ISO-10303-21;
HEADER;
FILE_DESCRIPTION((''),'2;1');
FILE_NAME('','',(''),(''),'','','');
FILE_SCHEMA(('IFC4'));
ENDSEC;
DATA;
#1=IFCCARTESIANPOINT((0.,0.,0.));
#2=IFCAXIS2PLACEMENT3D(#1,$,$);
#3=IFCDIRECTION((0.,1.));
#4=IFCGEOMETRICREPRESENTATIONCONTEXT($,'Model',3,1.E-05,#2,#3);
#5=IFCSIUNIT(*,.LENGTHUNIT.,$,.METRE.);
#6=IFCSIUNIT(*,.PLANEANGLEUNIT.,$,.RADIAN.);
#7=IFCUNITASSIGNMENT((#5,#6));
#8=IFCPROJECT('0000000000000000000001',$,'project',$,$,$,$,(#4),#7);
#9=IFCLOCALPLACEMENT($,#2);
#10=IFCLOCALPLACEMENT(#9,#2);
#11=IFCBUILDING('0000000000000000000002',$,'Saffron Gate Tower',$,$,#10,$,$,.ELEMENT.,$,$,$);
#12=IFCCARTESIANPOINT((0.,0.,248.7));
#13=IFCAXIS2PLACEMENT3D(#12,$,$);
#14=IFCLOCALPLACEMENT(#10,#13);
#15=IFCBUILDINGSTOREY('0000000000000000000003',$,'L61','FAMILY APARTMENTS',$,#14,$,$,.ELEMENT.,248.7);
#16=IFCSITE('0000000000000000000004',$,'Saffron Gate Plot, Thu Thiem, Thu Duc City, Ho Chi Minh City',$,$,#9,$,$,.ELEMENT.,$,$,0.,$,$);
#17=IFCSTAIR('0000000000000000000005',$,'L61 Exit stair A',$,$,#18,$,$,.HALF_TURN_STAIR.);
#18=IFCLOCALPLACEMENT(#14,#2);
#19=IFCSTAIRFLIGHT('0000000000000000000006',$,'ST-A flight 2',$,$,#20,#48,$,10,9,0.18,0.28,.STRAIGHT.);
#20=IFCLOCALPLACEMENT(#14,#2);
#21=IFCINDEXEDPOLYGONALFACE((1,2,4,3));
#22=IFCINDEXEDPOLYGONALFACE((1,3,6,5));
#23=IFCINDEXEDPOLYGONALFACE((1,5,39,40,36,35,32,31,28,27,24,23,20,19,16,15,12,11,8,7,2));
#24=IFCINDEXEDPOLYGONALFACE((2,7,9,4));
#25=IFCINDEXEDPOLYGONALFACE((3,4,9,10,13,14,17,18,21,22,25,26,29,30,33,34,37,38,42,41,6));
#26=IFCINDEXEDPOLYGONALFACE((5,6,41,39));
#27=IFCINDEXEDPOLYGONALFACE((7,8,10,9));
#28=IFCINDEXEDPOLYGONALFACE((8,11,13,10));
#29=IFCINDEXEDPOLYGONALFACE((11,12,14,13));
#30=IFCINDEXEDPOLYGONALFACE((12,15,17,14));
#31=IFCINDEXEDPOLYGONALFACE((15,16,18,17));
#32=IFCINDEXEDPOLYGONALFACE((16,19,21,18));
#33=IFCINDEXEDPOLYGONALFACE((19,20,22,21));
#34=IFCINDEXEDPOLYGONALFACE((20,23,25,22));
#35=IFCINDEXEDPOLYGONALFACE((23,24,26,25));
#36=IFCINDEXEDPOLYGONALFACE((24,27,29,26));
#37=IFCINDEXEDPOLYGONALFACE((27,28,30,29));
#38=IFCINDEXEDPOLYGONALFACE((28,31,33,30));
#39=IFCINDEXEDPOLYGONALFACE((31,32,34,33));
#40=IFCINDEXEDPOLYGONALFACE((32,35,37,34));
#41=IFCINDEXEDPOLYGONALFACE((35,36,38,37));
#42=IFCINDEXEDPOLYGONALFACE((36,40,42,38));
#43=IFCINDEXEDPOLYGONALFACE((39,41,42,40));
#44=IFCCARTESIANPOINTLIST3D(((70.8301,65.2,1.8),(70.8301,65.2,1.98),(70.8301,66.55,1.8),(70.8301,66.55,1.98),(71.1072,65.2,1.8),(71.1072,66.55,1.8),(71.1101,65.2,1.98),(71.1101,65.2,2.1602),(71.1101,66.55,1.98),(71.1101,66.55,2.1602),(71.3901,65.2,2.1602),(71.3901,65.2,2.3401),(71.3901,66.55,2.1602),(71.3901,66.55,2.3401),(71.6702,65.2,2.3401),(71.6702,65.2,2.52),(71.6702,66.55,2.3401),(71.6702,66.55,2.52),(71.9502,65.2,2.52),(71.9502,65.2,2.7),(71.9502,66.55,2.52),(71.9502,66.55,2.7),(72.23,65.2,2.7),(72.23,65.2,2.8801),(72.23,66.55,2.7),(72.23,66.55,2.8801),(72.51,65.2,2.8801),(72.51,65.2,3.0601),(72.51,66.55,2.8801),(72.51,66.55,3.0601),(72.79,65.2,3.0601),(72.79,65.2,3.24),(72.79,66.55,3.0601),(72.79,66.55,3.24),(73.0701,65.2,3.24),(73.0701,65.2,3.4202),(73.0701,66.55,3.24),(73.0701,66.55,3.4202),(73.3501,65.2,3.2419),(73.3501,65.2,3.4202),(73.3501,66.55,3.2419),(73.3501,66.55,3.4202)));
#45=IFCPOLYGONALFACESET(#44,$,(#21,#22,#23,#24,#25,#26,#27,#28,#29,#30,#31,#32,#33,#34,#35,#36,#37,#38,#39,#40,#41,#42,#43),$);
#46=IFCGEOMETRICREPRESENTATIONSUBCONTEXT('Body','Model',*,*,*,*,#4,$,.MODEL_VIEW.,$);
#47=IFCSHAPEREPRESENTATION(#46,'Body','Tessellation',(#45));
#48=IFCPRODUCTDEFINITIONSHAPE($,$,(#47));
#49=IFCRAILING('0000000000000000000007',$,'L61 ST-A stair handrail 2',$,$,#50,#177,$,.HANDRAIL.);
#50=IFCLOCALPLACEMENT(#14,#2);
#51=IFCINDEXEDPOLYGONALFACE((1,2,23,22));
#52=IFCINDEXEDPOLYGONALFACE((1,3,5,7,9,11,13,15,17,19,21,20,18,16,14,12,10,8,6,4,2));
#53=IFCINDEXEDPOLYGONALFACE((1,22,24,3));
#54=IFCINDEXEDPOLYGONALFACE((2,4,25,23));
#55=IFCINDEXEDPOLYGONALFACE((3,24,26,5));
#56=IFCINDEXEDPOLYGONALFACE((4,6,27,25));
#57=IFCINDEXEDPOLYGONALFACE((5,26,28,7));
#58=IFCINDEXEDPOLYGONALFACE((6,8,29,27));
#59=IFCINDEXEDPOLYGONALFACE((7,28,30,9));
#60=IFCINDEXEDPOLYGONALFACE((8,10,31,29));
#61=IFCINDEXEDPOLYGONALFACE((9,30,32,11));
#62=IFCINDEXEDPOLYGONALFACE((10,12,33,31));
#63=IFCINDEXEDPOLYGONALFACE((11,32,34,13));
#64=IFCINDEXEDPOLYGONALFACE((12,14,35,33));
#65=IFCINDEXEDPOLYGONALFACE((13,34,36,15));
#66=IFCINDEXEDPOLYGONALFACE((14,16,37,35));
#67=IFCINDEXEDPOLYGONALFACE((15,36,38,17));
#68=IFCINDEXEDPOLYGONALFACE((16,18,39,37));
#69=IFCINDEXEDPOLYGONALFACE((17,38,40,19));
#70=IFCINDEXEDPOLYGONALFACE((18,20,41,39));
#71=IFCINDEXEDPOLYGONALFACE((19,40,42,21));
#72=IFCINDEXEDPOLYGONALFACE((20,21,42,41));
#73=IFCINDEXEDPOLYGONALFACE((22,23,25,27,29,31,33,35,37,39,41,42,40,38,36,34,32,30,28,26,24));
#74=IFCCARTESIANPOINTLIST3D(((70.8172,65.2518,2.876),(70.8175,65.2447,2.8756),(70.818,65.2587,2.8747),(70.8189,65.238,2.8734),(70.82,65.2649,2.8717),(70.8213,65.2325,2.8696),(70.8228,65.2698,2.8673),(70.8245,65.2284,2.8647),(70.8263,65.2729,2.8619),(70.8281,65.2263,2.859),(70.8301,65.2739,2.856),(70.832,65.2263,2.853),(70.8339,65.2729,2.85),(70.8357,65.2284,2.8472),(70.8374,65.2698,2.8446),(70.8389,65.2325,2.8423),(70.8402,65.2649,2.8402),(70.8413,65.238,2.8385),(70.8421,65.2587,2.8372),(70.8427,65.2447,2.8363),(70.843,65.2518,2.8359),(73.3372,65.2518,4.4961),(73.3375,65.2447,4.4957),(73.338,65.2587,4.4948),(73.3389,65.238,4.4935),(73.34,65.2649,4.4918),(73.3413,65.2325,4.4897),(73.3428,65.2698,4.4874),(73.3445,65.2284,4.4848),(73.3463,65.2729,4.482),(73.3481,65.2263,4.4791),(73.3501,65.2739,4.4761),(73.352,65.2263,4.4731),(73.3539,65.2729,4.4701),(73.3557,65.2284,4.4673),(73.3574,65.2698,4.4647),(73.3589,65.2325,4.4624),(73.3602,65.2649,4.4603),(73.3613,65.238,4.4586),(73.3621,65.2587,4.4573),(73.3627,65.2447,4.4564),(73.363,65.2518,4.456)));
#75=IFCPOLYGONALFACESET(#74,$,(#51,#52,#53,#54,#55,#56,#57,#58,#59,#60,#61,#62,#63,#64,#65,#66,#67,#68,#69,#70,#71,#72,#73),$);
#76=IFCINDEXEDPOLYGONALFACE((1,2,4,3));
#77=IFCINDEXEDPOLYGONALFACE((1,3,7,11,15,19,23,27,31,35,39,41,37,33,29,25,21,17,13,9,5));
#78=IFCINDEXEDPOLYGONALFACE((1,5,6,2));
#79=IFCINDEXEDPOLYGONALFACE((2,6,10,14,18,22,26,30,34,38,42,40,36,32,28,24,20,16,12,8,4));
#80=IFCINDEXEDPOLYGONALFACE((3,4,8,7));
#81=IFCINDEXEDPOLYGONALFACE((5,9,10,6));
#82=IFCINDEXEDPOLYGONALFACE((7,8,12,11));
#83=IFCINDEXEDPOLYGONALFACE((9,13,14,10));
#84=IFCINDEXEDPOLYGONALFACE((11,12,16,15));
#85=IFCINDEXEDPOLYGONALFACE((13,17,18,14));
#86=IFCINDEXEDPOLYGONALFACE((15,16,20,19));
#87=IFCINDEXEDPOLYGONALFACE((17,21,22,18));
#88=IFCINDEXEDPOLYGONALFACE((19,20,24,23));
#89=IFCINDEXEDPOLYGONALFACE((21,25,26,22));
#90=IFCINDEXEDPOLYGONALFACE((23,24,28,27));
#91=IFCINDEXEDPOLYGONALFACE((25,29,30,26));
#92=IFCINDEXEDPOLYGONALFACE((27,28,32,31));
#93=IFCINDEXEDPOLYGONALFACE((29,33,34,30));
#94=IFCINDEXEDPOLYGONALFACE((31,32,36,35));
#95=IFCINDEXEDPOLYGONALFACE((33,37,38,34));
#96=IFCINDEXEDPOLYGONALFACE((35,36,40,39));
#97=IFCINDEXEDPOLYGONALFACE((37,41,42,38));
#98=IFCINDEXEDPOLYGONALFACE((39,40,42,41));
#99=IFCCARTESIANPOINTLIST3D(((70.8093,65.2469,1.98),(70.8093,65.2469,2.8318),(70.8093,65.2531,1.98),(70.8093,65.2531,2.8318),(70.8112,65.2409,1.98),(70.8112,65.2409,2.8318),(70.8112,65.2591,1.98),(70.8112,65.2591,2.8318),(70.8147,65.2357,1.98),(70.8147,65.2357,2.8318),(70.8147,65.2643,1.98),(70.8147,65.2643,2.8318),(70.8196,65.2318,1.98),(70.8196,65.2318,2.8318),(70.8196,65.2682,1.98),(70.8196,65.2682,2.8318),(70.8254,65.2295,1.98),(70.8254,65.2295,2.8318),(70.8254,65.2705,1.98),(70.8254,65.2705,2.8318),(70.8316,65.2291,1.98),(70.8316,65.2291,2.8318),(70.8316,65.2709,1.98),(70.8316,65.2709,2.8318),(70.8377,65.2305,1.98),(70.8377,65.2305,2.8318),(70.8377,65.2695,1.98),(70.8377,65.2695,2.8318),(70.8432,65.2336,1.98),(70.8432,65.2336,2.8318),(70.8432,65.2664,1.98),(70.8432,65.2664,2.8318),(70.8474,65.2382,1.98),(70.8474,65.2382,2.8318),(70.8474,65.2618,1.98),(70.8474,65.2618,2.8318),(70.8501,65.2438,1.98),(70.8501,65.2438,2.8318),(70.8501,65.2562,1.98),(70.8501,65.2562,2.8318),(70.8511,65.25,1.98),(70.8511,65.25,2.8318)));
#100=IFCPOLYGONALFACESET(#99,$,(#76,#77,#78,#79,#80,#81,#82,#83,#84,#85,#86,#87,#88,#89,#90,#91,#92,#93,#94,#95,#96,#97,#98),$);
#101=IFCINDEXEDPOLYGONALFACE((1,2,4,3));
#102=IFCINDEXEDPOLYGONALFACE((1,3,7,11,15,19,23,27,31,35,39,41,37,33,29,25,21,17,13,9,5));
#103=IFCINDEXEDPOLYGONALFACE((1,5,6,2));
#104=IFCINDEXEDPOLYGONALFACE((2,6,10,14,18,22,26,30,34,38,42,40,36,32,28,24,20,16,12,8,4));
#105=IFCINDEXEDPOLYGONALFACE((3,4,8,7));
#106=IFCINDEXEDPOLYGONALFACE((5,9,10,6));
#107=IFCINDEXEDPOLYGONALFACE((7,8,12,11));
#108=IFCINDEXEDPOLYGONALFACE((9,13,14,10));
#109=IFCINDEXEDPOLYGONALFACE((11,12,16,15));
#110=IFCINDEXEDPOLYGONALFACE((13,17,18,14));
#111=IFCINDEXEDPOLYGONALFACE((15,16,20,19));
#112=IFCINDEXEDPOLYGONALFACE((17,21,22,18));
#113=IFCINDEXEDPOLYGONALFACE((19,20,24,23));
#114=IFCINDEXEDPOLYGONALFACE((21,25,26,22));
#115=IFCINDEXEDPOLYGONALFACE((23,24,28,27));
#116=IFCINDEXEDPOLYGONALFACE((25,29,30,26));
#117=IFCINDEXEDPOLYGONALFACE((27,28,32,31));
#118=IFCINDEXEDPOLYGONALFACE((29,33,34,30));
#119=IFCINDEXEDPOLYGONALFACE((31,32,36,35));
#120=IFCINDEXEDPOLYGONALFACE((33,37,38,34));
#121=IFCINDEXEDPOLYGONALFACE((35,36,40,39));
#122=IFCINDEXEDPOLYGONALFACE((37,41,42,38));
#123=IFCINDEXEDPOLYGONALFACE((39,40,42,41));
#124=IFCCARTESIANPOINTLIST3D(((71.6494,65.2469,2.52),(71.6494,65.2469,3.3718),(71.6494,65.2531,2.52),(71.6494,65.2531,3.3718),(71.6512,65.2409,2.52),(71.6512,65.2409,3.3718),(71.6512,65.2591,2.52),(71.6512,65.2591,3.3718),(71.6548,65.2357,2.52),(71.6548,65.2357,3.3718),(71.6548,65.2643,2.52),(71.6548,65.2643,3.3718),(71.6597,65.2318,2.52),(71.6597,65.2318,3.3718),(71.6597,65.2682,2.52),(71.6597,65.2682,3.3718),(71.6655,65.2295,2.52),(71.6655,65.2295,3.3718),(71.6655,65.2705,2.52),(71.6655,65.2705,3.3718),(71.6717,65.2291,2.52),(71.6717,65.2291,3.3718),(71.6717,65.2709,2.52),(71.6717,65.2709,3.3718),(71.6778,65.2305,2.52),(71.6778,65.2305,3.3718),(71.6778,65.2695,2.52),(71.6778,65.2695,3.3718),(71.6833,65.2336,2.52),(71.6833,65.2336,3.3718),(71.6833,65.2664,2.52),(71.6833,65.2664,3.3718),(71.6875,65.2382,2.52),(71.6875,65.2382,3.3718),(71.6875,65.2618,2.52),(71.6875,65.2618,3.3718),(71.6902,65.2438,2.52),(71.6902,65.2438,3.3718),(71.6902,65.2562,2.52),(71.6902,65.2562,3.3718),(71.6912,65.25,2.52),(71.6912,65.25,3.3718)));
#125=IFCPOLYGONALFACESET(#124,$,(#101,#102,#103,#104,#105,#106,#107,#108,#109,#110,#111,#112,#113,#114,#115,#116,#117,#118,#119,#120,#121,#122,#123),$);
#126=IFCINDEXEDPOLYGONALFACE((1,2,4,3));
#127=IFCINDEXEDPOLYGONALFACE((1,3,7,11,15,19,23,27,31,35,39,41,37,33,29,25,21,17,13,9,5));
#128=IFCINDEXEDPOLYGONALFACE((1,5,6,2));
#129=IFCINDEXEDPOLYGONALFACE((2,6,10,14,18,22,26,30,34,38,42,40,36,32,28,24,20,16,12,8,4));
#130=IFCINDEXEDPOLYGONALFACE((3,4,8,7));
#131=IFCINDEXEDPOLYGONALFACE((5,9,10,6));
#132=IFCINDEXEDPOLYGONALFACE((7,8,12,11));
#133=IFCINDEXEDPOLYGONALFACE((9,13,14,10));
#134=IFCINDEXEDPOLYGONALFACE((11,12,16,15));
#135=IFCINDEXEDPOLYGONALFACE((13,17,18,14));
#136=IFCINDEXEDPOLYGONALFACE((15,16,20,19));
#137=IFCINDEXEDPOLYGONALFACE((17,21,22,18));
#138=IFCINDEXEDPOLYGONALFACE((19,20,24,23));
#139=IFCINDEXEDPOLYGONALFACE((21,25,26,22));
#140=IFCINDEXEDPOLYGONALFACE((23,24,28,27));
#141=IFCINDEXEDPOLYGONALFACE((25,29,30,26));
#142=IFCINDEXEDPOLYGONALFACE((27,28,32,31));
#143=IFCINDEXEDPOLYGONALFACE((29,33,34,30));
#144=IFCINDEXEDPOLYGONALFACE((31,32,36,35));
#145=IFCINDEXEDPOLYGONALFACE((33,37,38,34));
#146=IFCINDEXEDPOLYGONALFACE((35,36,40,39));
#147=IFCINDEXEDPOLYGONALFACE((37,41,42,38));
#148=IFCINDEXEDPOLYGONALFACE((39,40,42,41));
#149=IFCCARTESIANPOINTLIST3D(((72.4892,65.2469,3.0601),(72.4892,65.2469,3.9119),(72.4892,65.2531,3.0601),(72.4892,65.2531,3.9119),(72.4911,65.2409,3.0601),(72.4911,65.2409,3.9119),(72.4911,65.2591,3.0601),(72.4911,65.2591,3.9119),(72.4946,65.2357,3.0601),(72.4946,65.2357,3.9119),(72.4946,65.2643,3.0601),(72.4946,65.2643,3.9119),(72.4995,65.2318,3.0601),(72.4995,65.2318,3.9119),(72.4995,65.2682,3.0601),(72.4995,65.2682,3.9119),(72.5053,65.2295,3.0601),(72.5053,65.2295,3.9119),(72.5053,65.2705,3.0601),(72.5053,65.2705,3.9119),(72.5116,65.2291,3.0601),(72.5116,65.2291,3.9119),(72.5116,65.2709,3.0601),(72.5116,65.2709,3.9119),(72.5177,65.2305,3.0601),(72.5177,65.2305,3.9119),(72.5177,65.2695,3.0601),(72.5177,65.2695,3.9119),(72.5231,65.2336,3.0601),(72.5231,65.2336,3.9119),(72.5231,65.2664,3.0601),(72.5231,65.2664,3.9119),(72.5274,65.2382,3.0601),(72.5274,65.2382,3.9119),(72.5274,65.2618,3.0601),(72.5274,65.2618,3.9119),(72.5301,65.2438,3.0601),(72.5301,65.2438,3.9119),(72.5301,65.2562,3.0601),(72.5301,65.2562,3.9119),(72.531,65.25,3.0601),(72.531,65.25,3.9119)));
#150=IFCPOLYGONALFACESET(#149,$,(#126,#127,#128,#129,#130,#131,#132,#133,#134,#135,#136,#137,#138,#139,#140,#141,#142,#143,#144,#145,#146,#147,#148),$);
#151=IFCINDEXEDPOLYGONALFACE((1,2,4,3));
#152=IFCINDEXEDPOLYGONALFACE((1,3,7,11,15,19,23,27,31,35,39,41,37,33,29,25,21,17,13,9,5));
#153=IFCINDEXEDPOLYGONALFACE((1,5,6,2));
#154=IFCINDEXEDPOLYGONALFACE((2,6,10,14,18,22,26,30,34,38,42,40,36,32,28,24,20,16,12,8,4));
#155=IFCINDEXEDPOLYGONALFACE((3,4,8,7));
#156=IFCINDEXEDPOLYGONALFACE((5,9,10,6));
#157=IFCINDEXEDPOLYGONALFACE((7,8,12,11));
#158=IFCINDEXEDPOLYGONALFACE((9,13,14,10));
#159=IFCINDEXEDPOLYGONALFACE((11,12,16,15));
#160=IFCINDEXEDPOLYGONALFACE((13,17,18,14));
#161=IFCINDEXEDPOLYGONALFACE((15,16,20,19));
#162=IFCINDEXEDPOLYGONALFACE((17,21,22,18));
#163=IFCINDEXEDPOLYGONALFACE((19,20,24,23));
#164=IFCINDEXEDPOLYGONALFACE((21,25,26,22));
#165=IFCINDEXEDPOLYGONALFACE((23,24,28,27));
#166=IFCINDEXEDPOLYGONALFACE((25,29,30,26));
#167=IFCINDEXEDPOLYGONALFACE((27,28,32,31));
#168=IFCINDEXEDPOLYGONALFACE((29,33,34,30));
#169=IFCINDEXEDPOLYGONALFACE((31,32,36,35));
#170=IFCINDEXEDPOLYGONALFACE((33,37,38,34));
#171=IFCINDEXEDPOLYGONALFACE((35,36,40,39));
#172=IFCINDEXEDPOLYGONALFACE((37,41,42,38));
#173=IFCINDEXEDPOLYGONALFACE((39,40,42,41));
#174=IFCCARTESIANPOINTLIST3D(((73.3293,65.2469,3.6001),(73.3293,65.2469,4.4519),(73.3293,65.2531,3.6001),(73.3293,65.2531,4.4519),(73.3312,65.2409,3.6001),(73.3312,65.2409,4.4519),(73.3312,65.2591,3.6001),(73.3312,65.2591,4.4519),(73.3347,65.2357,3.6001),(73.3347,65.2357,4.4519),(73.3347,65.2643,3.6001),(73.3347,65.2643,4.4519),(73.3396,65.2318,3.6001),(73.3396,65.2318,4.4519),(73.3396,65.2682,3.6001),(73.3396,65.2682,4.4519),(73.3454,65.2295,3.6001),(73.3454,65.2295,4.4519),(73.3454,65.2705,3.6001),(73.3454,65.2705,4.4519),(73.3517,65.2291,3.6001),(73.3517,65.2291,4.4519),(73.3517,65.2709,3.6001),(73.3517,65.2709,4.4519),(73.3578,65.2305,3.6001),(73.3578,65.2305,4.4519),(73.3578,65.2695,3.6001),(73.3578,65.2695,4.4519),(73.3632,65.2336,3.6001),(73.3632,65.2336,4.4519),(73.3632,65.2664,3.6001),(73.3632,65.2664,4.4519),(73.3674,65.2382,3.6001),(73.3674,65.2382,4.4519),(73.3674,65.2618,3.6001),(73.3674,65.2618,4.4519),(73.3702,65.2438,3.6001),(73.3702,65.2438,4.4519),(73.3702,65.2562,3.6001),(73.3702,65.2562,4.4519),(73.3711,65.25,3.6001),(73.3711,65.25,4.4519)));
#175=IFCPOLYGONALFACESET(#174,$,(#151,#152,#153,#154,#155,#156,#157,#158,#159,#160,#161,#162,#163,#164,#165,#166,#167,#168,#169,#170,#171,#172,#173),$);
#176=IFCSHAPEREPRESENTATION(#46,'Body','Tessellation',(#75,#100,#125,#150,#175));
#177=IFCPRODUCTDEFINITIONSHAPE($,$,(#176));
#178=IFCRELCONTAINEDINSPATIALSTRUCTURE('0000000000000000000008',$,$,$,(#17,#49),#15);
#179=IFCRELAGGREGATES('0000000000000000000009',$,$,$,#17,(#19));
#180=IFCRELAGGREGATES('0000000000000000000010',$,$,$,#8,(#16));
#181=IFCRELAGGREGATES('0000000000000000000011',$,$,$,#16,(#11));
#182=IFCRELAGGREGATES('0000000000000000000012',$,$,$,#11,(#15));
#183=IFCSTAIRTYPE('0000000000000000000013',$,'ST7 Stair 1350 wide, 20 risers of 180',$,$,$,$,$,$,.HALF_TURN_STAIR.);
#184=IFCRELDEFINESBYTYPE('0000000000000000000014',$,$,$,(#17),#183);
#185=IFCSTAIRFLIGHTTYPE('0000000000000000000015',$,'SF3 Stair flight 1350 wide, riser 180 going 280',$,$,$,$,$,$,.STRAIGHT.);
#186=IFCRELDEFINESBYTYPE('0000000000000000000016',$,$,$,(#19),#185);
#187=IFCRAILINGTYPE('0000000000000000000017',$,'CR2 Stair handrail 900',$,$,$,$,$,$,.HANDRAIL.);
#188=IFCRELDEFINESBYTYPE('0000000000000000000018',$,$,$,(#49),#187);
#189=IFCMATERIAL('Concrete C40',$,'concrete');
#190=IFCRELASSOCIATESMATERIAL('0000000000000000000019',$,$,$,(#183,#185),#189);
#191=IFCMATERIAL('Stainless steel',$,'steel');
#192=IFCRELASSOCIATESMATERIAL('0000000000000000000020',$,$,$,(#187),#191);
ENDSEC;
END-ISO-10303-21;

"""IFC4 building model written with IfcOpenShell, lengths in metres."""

from ifc_helpers import new_model, si_unit, direction, frame, origin, origin_2d, place, context, subcontext, project, spatial, polyline, circle, outline, extrude, material, type_object, element, aggregate, save


model = new_model("IFC4")

# Units and contexts
model_context = context("Model", 3, precision=1e-05, world=origin(), true_north=direction((0.0, 1.0)))
body_context = subcontext(model_context, "Body", "Model", "MODEL_VIEW")
ifc_project = project(units=[si_unit("LENGTHUNIT", "METRE"), si_unit("PLANEANGLEUNIT", "RADIAN")], contexts=[model_context])

# Site, building, storey
site_placement = place(None, origin())
site = spatial("IfcSite", under=ifc_project, at=site_placement, Name="Saffron Gate Plot, Thu Thiem, Thu Duc City, Ho Chi Minh City", CompositionType="ELEMENT", RefElevation=0.0)
building_placement = place(site_placement, origin())
building = spatial("IfcBuilding", under=site, at=building_placement, Name="Saffron Gate Tower", CompositionType="ELEMENT")
storey_placement = place(building_placement, frame((0.0, 0.0, 248.7)))
storey = spatial("IfcBuildingStorey", under=building, at=storey_placement, Name="L61", Description="FAMILY APARTMENTS", CompositionType="ELEMENT", Elevation=248.7)

# Stair, stair flight
ifc_material_1 = material(Name="Concrete C40", Category="concrete")
stair_type = type_object("IfcStairType", Name="ST7 Stair 1350 wide, 20 risers of 180", PredefinedType="HALF_TURN_STAIR", material=ifc_material_1)
stair_placement = place(storey_placement, origin())
stair = element("IfcStair", 1, at=stair_placement, inside=storey, type_object=stair_type, Name="L61 Exit stair A", PredefinedType="HALF_TURN_STAIR")
stair_flight_type = type_object("IfcStairFlightType", Name="SF3 Stair flight 1350 wide, riser 180 going 280", PredefinedType="STRAIGHT", material=ifc_material_1)
stair_flight_placement = place(storey_placement, frame((70.8301, 65.875, 1.8), z_axis=(0.0, 0.0, 1.0), x_axis=(1.0, 0.0, 0.0)))
stair_flight = element("IfcStairFlight", 2, at=stair_flight_placement, type_object=stair_flight_type, Name="ST-A flight 2", NumberOfRisers=10, NumberOfTreads=9, PredefinedType="STRAIGHT", RiserHeight=0.18, TreadLength=0.28, context=body_context, shape_type="SweptSolid", body=[
    extrude(outline(polyline([(0.0, 0.0), (0.0, 0.1799), (0.28, 0.1799), (0.28, 0.3601), (0.5601, 0.3601), (0.5601, 0.54), (0.8401, 0.54), (0.8401, 0.72), (1.1201, 0.72), (1.1201, 0.8999), (1.3999, 0.8999), (1.3999, 1.0801), (1.6799, 1.0801), (1.6799, 1.26), (1.96, 1.26), (1.96, 1.4399), (2.24, 1.4399), (2.24, 1.6201), (2.52, 1.6201), (2.52, 1.8), (2.52, 1.4419), (0.2771, 0.0), (0.0, 0.0)])), frame((0.0, 0.675, 0.0), z_axis=(0.0, -1.0, 0.0), x_axis=(1.0, 0.0, 0.0)), (0.0, 0.0, 1.0), 1.3501),
])
aggregate(stair, [stair_flight])

# Railing
ifc_material_2 = material(Name="Stainless steel", Category="steel")
railing_type = type_object("IfcRailingType", Name="CR2 Stair handrail 900", PredefinedType="HANDRAIL", material=ifc_material_2)
railing_placement = place(storey_placement, frame((70.8301, 65.25, 1.98)))
element("IfcRailing", 3, at=railing_placement, inside=storey, type_object=railing_type, Name="L61 ST-A stair handrail 2", PredefinedType="HANDRAIL", context=body_context, shape_type="SweptSolid", body=[
    extrude(circle(Radius=0.0239, at=origin_2d()), frame((0.0, 0.0, 0.876), z_axis=(0.841163, 0.0, 0.540782), x_axis=(0.0, 1.0, 0.0)), (0.0, 0.0, 1.0), 2.9958),
    extrude(circle(Radius=0.021, at=origin_2d()), origin(), (0.0, 0.0, 1.0), 0.8518),
    extrude(circle(Radius=0.021, at=origin_2d()), frame((0.8401, 0.0, 0.54)), (0.0, 0.0, 1.0), 0.8518),
    extrude(circle(Radius=0.021, at=origin_2d()), frame((1.6799, 0.0, 1.0801)), (0.0, 0.0, 1.0), 0.8518),
    extrude(circle(Radius=0.021, at=origin_2d()), frame((2.52, 0.0, 1.6201)), (0.0, 0.0, 1.0), 0.8518),
])

save(model, "model.ifc")
